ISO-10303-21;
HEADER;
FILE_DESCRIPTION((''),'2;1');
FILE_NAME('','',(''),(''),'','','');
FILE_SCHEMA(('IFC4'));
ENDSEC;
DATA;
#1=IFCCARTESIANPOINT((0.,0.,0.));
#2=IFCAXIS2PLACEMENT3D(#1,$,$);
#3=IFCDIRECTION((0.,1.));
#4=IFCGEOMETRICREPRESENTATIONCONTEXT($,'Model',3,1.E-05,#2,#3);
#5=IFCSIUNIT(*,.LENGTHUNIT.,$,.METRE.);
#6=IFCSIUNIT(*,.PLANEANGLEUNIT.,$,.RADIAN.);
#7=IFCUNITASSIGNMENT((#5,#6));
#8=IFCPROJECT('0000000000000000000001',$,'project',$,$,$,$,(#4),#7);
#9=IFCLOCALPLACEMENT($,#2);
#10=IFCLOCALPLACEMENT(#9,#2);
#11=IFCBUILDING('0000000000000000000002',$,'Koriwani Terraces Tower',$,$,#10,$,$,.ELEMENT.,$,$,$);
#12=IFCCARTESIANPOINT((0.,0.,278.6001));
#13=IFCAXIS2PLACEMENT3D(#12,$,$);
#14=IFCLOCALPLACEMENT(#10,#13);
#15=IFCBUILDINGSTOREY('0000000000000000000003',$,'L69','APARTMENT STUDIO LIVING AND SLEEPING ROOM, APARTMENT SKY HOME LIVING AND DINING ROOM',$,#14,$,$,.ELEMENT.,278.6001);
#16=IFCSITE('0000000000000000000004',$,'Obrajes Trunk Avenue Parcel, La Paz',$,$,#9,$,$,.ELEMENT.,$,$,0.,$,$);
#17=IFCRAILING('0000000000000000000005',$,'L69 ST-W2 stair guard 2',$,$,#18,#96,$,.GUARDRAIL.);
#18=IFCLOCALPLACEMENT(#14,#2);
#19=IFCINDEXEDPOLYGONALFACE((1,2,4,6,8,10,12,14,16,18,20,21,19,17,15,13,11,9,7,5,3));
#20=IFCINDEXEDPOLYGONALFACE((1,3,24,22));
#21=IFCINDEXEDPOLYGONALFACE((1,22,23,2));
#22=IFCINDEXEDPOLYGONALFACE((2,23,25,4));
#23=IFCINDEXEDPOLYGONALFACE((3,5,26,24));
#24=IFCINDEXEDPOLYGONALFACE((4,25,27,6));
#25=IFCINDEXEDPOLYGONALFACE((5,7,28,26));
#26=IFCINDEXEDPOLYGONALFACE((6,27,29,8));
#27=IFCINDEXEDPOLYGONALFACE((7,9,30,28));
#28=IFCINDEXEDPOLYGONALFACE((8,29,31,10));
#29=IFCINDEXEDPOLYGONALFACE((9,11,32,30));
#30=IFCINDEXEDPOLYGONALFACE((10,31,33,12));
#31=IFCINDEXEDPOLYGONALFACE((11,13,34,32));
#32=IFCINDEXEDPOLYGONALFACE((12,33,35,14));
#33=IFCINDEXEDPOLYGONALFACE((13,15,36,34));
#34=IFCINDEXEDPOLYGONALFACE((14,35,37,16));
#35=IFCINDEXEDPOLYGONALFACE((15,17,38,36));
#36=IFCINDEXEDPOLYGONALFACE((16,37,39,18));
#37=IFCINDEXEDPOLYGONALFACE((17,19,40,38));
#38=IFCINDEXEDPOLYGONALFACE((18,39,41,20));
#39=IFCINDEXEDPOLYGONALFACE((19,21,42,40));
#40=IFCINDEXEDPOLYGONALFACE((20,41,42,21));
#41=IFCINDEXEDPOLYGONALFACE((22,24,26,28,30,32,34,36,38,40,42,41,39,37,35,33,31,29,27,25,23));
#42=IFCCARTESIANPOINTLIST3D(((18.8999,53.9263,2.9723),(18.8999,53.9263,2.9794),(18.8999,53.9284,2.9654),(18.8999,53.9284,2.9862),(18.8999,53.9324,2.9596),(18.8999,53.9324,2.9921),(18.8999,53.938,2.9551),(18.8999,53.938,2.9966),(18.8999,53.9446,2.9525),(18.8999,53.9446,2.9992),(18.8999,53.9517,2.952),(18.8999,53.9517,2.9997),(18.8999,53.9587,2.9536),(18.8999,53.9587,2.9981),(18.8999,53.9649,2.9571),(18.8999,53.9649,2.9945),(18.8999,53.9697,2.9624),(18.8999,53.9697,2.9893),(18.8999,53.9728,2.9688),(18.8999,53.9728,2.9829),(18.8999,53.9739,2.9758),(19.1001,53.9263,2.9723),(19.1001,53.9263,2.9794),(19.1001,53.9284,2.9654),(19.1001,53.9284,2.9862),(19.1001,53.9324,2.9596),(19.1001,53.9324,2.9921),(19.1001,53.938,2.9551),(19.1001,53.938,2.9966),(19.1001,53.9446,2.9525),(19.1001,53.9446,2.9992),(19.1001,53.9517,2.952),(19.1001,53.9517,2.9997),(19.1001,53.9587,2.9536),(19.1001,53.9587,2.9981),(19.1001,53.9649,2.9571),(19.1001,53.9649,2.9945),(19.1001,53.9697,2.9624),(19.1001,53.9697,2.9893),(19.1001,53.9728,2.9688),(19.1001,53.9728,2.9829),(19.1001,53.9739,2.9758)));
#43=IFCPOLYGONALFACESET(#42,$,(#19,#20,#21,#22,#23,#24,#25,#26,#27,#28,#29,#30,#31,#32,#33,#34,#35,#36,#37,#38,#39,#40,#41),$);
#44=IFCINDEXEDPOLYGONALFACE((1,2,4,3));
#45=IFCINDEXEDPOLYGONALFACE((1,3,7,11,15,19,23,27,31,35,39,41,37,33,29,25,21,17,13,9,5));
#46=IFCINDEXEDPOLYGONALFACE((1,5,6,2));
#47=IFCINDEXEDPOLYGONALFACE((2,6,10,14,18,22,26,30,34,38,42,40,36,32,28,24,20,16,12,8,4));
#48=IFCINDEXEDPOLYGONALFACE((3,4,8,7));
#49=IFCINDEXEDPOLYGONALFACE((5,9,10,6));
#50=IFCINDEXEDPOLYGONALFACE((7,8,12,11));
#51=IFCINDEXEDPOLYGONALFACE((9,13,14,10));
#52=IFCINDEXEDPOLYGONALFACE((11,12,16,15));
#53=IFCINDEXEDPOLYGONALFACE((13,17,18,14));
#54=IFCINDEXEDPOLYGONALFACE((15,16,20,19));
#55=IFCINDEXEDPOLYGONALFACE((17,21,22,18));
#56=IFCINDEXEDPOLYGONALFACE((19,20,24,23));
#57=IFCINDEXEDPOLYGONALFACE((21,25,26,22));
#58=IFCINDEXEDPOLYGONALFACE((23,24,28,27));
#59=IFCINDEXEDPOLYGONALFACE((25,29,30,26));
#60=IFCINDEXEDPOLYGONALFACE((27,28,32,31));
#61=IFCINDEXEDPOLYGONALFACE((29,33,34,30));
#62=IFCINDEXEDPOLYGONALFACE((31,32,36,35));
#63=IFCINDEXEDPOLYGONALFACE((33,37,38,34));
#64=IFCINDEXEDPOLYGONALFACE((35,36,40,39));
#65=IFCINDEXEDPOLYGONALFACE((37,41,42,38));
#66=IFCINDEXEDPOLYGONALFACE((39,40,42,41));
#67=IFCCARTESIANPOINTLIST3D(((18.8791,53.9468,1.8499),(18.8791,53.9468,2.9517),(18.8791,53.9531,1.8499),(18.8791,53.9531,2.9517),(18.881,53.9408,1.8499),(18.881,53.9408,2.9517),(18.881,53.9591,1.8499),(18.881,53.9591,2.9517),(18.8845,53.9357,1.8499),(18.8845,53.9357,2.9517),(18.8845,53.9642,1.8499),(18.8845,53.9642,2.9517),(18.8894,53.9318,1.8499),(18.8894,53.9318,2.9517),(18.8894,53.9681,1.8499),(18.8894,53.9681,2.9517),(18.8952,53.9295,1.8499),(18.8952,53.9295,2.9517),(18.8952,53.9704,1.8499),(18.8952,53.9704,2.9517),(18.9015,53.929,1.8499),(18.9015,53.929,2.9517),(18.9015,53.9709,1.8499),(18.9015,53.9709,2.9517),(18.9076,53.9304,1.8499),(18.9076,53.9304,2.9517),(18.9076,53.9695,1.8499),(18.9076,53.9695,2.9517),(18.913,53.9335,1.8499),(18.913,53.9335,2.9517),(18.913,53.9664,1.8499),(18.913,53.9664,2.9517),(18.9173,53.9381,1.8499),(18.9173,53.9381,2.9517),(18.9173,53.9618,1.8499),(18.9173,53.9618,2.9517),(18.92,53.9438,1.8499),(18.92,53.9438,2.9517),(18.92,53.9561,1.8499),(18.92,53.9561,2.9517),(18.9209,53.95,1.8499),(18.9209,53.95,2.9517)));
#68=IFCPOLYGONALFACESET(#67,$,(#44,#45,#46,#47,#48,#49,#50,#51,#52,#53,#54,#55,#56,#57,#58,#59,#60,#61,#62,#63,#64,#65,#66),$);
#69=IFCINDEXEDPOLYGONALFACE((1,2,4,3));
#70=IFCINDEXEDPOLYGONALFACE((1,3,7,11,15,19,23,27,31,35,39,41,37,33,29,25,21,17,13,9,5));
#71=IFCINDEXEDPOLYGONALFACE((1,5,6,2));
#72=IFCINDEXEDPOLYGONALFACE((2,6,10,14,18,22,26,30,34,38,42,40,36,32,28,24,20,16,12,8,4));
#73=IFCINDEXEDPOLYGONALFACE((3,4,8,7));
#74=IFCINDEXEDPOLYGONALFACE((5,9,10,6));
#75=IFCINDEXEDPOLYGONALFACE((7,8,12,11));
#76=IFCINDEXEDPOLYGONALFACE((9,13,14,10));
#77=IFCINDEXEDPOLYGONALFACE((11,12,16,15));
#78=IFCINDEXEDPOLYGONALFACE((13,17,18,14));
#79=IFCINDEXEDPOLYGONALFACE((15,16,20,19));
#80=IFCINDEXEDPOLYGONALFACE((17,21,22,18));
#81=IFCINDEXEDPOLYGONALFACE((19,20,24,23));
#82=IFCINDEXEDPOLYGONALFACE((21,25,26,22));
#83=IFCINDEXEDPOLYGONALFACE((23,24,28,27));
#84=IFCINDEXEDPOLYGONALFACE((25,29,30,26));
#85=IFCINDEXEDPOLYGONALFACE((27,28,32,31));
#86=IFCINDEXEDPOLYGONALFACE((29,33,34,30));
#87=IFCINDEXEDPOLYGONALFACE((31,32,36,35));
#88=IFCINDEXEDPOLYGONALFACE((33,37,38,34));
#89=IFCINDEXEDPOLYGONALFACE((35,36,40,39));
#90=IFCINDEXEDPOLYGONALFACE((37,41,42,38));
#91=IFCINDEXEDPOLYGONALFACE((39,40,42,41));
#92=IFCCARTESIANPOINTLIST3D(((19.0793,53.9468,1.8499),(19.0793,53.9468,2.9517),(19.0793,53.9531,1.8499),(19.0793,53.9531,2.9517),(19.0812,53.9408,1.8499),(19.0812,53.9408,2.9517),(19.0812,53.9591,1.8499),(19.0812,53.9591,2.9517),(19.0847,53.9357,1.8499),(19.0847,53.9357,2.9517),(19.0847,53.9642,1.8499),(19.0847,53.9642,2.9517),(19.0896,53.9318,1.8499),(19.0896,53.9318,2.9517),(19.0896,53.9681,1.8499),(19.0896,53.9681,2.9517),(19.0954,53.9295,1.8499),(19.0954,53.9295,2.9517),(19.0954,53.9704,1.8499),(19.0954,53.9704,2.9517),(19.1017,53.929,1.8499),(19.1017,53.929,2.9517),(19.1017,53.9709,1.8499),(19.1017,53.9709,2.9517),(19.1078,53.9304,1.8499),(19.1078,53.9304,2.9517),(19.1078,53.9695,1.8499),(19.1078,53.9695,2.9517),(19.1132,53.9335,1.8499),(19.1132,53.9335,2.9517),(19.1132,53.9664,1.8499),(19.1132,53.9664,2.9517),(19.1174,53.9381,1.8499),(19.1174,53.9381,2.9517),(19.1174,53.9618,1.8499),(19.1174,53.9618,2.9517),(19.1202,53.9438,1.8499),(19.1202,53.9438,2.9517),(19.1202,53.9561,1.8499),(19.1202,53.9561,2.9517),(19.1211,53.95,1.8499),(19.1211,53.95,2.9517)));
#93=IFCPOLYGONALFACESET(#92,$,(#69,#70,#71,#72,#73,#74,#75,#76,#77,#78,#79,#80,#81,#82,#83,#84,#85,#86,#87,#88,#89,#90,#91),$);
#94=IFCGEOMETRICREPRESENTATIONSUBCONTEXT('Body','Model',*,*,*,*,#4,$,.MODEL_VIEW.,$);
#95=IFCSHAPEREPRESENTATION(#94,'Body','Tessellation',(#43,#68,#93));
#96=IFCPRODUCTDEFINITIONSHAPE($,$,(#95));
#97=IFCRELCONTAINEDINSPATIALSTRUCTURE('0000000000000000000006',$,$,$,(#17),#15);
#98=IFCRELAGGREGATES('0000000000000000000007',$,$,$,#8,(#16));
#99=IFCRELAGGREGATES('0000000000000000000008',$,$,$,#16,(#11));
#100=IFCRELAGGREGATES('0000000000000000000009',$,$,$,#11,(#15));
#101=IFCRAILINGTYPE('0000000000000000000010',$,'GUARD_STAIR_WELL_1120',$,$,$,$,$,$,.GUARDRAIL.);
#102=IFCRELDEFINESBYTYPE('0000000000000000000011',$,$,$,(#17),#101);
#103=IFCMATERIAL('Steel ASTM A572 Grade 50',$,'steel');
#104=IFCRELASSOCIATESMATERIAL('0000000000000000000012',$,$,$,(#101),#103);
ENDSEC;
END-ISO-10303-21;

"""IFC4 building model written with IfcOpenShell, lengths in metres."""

from ifc_helpers import new_model, si_unit, direction, frame, origin, origin_2d, place, context, subcontext, project, spatial, circle, extrude, material, type_object, element, save


model = new_model("IFC4")

# Units and contexts
model_context = context("Model", 3, precision=1e-05, world=origin(), true_north=direction((0.0, 1.0)))
body_context = subcontext(model_context, "Body", "Model", "MODEL_VIEW")
ifc_project = project(units=[si_unit("LENGTHUNIT", "METRE"), si_unit("PLANEANGLEUNIT", "RADIAN")], contexts=[model_context])

# Site, building, storey
site_placement = place(None, origin())
site = spatial("IfcSite", under=ifc_project, at=site_placement, Name="Obrajes Trunk Avenue Parcel, La Paz", CompositionType="ELEMENT", RefElevation=0.0)
building_placement = place(site_placement, origin())
building = spatial("IfcBuilding", under=site, at=building_placement, Name="Koriwani Terraces Tower", CompositionType="ELEMENT")
storey_placement = place(building_placement, frame((0.0, 0.0, 278.6001)))
storey = spatial("IfcBuildingStorey", under=building, at=storey_placement, Name="L69", Description="APARTMENT STUDIO LIVING AND SLEEPING ROOM, APARTMENT SKY HOME LIVING AND DINING ROOM", CompositionType="ELEMENT", Elevation=278.6001)

# Shared definitions
ifc_material_1 = material(Name="Steel ASTM A572 Grade 50", Category="steel")

# Railing
railing_type_1 = type_object("IfcRailingType", Name="GUARD_STAIR_WELL_1120", PredefinedType="GUARDRAIL", material=ifc_material_1)
railing_1_placement = place(storey_placement, frame((18.8999, 53.95, 1.8499)))
element("IfcRailing", 1, at=railing_1_placement, inside=storey, type_object=railing_type_1, Name="L69 ST-W2 stair guard 2", PredefinedType="GUARDRAIL", context=body_context, shape_type="SweptSolid", body=[
    extrude(circle(Radius=0.0239, at=origin_2d()), frame((0.0, 0.0, 1.126), z_axis=(1.0, 0.0, 0.0), x_axis=(0.0, 1.0, 0.0)), (0.0, 0.0, 1.0), 0.2002),
    extrude(circle(Radius=0.021, at=origin_2d()), origin(), (0.0, 0.0, 1.0), 1.1018),
    extrude(circle(Radius=0.021, at=origin_2d()), frame((0.2002, 0.0, 0.0)), (0.0, 0.0, 1.0), 1.1018),
])

save(model, "model.ifc")
